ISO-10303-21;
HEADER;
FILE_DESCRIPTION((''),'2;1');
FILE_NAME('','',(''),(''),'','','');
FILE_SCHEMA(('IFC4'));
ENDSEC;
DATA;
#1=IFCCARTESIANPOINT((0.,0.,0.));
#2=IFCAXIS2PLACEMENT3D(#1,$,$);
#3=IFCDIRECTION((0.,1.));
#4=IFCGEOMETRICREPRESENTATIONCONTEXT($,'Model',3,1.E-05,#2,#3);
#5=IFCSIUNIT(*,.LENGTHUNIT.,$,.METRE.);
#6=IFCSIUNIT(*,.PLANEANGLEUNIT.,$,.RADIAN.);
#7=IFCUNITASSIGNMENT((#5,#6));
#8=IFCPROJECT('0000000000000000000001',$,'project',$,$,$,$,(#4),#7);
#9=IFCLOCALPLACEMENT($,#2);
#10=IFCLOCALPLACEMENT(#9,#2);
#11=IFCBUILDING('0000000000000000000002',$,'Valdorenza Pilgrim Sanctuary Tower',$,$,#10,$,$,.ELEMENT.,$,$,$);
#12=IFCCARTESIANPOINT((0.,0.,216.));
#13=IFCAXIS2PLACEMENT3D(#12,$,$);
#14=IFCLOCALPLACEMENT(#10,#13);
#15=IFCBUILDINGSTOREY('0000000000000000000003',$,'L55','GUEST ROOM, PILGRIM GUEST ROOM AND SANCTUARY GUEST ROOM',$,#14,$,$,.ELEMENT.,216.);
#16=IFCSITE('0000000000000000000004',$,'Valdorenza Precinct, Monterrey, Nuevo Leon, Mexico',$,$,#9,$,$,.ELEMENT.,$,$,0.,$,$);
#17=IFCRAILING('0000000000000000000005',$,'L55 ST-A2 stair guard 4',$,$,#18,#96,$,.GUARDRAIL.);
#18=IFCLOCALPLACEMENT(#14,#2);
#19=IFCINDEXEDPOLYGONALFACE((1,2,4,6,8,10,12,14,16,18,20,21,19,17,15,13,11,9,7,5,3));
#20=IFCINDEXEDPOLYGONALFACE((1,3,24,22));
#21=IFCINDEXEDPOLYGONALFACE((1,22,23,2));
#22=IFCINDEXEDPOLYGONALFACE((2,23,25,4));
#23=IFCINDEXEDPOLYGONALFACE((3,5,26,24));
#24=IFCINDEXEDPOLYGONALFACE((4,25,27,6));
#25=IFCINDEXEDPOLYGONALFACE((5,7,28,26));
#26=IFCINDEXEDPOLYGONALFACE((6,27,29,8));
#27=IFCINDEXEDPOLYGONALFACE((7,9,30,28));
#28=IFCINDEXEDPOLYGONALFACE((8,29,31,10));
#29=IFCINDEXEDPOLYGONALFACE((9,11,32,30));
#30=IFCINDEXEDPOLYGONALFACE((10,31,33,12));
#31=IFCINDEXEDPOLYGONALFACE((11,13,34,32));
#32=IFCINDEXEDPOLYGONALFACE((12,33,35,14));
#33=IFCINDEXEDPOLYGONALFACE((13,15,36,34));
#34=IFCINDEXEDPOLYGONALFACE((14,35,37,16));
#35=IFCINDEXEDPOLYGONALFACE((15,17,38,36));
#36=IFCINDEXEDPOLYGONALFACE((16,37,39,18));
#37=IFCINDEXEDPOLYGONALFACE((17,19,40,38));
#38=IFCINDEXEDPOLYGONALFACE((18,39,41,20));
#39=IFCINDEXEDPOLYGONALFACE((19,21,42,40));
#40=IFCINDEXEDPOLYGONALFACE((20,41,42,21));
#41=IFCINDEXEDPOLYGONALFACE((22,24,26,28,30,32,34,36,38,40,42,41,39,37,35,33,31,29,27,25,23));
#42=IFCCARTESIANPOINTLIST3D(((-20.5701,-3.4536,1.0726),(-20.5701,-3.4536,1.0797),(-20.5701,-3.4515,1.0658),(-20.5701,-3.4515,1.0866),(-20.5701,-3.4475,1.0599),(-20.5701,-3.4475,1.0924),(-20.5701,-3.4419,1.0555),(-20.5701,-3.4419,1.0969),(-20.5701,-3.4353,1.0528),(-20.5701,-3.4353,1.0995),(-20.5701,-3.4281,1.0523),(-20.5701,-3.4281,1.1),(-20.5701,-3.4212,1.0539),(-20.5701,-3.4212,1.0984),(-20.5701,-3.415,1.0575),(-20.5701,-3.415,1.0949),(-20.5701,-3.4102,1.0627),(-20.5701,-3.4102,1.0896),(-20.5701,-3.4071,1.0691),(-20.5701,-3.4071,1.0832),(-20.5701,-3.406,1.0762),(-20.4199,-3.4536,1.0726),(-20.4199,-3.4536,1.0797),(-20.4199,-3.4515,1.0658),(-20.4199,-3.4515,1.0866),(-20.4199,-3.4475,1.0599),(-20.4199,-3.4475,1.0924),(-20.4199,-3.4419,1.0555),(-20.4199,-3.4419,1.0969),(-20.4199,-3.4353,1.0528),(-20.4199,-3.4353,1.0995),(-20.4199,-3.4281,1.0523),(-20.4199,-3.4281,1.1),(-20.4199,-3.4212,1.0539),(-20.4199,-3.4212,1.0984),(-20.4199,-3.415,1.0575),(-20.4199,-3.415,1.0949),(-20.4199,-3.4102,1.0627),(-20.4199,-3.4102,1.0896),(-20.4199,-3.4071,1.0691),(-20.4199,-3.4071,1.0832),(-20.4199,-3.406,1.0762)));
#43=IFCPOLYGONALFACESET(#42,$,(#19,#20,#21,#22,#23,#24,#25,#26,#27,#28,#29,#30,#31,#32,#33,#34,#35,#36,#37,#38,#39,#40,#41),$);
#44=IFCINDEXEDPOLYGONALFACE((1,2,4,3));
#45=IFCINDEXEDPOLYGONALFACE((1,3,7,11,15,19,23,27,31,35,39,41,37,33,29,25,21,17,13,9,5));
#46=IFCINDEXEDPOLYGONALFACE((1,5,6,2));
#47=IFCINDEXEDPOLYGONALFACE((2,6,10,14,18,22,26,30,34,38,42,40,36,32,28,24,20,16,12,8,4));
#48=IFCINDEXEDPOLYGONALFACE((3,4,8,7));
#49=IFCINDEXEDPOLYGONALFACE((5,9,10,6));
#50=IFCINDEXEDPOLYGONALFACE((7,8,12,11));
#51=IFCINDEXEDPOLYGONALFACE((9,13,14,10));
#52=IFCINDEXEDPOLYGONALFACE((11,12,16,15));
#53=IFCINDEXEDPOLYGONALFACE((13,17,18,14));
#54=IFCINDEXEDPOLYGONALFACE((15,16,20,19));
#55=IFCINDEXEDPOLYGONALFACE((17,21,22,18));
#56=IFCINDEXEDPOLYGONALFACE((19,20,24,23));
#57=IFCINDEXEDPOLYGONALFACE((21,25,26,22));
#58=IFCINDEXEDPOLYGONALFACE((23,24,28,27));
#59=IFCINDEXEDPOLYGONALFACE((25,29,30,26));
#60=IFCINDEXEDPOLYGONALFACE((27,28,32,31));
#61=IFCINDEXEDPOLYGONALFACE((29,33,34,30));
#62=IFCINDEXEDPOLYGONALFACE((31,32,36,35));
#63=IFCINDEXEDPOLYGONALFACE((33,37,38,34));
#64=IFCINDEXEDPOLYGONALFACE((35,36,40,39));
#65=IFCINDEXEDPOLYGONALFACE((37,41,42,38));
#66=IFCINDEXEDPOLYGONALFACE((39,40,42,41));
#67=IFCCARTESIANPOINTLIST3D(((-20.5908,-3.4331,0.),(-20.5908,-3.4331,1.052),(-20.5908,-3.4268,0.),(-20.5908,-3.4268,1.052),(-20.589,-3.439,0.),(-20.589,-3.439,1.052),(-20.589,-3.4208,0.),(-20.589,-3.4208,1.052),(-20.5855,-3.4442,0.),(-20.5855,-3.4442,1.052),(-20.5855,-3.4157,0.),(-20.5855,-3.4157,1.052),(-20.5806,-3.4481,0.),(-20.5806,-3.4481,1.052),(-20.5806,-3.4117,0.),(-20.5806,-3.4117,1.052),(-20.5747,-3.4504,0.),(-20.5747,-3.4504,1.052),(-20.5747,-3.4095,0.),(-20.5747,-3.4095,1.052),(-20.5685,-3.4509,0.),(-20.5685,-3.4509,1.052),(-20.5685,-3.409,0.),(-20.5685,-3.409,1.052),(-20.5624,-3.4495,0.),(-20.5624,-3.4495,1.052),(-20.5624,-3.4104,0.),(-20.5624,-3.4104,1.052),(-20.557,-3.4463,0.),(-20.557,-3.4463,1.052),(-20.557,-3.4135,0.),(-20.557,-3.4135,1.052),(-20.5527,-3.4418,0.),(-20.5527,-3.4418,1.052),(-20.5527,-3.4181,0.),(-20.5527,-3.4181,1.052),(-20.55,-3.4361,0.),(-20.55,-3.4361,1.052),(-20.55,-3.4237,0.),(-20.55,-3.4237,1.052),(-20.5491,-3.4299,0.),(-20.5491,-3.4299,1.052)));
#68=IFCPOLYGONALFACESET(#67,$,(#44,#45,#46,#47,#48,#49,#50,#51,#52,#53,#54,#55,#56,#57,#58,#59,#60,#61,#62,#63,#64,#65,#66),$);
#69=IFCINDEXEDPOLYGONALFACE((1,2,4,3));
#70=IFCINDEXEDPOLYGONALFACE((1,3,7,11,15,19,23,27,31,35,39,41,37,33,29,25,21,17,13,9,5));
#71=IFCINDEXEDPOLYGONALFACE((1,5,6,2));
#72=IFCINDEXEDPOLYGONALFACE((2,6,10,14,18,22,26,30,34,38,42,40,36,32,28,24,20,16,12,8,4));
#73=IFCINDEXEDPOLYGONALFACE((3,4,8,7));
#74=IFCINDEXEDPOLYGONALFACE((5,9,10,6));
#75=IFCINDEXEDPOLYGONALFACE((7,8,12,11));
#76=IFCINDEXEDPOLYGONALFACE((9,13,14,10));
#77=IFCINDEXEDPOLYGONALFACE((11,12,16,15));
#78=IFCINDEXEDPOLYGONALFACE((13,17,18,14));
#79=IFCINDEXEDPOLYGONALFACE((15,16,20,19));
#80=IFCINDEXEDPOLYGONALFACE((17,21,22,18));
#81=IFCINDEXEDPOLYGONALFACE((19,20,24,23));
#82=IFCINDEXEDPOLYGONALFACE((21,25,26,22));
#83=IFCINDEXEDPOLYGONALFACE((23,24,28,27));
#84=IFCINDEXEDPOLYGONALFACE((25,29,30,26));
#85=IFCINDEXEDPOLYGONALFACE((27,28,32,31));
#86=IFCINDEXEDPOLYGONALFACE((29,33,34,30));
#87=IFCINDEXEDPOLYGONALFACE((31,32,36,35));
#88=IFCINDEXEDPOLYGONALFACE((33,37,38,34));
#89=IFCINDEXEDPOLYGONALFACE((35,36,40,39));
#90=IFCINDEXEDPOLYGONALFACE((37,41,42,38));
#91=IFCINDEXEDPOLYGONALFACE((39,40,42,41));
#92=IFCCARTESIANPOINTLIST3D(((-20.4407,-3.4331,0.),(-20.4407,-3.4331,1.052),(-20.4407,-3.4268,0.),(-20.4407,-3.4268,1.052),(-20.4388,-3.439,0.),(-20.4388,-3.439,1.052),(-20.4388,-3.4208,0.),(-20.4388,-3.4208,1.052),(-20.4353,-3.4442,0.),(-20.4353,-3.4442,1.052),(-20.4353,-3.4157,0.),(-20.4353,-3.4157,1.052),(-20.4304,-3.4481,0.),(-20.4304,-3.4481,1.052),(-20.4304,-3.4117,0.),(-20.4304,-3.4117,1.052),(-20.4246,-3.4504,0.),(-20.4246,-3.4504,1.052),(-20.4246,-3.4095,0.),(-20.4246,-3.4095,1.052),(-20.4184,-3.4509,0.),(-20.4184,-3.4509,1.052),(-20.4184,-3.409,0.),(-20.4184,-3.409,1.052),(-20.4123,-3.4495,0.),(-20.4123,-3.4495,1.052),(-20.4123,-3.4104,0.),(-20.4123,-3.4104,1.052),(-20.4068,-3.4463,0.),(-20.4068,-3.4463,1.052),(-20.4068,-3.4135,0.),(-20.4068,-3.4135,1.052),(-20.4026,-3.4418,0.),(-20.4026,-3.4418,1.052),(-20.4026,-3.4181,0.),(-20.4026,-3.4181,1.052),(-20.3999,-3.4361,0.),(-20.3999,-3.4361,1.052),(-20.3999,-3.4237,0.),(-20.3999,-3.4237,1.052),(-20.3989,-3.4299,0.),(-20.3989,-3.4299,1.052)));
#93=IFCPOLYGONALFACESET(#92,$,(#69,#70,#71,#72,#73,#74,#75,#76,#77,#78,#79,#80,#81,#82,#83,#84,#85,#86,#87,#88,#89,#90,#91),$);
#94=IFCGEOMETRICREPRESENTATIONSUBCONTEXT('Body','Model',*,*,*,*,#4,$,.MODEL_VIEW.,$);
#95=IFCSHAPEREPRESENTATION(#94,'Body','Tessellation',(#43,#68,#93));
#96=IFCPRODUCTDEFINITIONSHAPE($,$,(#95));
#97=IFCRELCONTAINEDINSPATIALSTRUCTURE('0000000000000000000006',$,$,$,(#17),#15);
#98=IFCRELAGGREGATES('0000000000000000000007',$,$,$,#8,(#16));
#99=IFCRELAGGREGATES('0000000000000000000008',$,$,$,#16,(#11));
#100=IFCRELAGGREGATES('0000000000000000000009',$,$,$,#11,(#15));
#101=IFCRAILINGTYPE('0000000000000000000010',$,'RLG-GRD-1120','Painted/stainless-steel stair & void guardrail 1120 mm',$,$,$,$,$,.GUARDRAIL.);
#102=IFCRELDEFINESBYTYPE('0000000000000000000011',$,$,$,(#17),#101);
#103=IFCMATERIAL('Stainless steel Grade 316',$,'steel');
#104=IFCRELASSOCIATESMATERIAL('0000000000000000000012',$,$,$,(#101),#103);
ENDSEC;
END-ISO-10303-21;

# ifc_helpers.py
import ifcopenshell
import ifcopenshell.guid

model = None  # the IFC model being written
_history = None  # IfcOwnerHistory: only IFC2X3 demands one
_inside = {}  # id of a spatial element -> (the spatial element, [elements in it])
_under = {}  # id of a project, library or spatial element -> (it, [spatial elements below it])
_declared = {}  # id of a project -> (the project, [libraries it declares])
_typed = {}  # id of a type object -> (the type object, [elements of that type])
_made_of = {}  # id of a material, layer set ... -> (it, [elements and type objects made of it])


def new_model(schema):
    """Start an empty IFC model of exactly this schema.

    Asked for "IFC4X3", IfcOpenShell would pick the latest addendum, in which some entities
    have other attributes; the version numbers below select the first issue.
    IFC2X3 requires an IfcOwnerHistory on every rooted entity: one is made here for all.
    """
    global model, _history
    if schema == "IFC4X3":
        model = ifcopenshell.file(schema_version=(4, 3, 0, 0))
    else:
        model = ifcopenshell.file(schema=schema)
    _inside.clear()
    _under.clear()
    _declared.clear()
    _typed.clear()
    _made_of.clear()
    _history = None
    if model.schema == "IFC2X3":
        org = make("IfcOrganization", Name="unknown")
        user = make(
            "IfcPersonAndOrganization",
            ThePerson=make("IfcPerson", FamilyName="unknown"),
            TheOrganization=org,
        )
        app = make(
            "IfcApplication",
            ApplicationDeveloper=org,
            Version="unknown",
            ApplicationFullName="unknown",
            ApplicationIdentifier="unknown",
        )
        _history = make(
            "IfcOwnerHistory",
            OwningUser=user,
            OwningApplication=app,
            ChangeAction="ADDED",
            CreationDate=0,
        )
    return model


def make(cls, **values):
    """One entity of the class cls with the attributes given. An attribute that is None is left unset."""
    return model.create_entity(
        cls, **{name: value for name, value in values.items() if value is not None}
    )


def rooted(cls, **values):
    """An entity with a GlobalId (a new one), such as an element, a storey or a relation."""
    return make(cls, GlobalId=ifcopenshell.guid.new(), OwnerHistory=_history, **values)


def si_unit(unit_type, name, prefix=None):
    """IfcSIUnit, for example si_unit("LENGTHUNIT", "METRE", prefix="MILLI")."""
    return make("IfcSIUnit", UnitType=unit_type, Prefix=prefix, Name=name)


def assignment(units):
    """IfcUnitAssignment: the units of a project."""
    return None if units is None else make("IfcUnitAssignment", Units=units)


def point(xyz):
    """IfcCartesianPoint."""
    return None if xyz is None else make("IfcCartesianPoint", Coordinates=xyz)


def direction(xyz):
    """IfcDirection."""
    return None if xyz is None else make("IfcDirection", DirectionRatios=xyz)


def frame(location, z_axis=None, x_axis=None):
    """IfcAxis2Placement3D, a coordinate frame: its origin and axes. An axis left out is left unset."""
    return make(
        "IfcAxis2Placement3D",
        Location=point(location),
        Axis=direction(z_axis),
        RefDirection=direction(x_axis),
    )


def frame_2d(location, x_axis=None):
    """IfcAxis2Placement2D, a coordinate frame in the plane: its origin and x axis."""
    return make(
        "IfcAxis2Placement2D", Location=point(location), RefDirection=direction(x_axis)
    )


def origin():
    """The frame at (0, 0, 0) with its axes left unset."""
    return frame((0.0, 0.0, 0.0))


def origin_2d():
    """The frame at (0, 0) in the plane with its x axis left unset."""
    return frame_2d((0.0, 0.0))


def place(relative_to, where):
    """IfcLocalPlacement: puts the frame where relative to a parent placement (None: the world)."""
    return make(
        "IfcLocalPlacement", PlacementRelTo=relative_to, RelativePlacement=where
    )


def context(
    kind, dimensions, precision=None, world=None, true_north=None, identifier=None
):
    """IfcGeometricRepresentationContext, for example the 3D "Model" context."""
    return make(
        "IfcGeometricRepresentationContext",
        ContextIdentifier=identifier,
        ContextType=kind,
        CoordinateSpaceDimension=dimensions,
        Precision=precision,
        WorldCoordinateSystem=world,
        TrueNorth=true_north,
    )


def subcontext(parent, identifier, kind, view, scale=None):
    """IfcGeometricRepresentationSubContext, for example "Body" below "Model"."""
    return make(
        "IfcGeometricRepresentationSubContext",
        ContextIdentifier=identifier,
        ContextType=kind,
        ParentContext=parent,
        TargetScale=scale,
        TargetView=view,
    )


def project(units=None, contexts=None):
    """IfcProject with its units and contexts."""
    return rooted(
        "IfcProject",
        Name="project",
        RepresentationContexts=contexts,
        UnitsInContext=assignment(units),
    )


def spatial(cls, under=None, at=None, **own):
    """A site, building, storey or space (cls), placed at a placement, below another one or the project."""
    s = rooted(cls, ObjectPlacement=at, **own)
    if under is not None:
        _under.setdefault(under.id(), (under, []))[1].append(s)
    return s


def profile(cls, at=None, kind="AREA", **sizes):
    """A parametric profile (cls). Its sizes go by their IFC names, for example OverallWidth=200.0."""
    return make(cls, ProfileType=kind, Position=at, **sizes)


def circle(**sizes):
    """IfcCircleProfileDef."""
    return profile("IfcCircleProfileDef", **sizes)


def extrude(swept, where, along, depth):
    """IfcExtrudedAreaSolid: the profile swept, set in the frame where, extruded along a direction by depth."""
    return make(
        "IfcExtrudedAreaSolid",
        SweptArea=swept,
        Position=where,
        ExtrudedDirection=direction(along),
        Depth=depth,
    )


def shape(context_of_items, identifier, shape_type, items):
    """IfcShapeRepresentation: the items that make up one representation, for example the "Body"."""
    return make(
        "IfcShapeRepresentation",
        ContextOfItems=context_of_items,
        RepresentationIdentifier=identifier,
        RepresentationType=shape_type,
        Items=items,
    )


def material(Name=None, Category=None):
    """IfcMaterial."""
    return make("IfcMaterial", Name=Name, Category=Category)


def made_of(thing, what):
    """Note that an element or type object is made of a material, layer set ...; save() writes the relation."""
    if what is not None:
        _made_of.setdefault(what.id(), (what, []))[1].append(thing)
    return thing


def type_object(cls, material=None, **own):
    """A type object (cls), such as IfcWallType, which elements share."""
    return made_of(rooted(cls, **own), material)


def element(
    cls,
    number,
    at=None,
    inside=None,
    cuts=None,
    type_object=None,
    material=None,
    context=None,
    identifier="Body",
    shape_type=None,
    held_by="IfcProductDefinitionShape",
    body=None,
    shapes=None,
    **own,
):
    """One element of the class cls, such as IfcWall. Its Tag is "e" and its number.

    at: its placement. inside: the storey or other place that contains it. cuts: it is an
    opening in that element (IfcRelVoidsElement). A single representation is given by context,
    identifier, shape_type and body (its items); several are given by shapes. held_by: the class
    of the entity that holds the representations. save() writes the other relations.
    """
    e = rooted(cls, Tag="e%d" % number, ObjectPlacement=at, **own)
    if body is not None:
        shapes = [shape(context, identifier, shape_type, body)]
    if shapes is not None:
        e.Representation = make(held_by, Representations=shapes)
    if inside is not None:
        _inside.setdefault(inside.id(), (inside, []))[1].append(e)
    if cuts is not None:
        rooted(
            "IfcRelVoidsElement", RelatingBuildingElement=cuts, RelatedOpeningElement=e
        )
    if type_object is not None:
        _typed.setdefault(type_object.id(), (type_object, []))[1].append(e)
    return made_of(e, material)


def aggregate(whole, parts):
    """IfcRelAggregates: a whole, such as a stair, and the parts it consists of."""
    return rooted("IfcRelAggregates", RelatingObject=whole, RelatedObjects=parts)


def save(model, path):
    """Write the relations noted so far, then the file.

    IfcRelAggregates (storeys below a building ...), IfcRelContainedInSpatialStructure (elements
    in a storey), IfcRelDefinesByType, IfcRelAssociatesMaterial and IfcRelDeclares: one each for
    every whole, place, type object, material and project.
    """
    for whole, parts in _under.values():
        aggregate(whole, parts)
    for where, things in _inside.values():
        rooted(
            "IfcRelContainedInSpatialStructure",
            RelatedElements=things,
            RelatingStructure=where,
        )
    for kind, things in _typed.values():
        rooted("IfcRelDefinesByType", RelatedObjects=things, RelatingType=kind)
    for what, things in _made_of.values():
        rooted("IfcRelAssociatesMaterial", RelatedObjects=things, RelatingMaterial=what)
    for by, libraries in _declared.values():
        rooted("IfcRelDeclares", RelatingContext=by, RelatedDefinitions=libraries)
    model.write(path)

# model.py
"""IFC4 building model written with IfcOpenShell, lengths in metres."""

from ifc_helpers import new_model, si_unit, direction, frame, origin, origin_2d, place, context, subcontext, project, spatial, circle, extrude, material, type_object, element, save


model = new_model("IFC4")

# Units and contexts
model_context = context("Model", 3, precision=1e-05, world=origin(), true_north=direction((0.0, 1.0)))
body_context = subcontext(model_context, "Body", "Model", "MODEL_VIEW")
ifc_project = project(units=[si_unit("LENGTHUNIT", "METRE"), si_unit("PLANEANGLEUNIT", "RADIAN")], contexts=[model_context])

# Site, building, storey
site_placement = place(None, origin())
site = spatial("IfcSite", under=ifc_project, at=site_placement, Name="Valdorenza Precinct, Monterrey, Nuevo Leon, Mexico", CompositionType="ELEMENT", RefElevation=0.0)
building_placement = place(site_placement, origin())
building = spatial("IfcBuilding", under=site, at=building_placement, Name="Valdorenza Pilgrim Sanctuary Tower", CompositionType="ELEMENT")
storey_placement = place(building_placement, frame((0.0, 0.0, 216.0)))
storey = spatial("IfcBuildingStorey", under=building, at=storey_placement, Name="L55", Description="GUEST ROOM, PILGRIM GUEST ROOM AND SANCTUARY GUEST ROOM", CompositionType="ELEMENT", Elevation=216.0)

# Railing
ifc_material_1 = material(Name="Stainless steel Grade 316", Category="steel")
railing_type_1 = type_object("IfcRailingType", Name="RLG-GRD-1120", Description="Painted/stainless-steel stair & void guardrail 1120 mm", PredefinedType="GUARDRAIL", material=ifc_material_1)
railing_1_placement = place(storey_placement, frame((-20.5701, -3.4299, 0.0)))
element("IfcRailing", 1, at=railing_1_placement, inside=storey, type_object=railing_type_1, Name="L55 ST-A2 stair guard 4", PredefinedType="GUARDRAIL", context=body_context, shape_type="SweptSolid", body=[
    extrude(circle(Radius=0.0239, at=origin_2d()), frame((0.0, 0.0, 1.0762), z_axis=(1.0, 0.0, 0.0), x_axis=(0.0, 1.0, 0.0)), (0.0, 0.0, 1.0), 0.1501),
    extrude(circle(Radius=0.021, at=origin_2d()), origin(), (0.0, 0.0, 1.0), 1.052),
    extrude(circle(Radius=0.021, at=origin_2d()), frame((0.1501, 0.0, 0.0)), (0.0, 0.0, 1.0), 1.052),
])

save(model, "model.ifc")
